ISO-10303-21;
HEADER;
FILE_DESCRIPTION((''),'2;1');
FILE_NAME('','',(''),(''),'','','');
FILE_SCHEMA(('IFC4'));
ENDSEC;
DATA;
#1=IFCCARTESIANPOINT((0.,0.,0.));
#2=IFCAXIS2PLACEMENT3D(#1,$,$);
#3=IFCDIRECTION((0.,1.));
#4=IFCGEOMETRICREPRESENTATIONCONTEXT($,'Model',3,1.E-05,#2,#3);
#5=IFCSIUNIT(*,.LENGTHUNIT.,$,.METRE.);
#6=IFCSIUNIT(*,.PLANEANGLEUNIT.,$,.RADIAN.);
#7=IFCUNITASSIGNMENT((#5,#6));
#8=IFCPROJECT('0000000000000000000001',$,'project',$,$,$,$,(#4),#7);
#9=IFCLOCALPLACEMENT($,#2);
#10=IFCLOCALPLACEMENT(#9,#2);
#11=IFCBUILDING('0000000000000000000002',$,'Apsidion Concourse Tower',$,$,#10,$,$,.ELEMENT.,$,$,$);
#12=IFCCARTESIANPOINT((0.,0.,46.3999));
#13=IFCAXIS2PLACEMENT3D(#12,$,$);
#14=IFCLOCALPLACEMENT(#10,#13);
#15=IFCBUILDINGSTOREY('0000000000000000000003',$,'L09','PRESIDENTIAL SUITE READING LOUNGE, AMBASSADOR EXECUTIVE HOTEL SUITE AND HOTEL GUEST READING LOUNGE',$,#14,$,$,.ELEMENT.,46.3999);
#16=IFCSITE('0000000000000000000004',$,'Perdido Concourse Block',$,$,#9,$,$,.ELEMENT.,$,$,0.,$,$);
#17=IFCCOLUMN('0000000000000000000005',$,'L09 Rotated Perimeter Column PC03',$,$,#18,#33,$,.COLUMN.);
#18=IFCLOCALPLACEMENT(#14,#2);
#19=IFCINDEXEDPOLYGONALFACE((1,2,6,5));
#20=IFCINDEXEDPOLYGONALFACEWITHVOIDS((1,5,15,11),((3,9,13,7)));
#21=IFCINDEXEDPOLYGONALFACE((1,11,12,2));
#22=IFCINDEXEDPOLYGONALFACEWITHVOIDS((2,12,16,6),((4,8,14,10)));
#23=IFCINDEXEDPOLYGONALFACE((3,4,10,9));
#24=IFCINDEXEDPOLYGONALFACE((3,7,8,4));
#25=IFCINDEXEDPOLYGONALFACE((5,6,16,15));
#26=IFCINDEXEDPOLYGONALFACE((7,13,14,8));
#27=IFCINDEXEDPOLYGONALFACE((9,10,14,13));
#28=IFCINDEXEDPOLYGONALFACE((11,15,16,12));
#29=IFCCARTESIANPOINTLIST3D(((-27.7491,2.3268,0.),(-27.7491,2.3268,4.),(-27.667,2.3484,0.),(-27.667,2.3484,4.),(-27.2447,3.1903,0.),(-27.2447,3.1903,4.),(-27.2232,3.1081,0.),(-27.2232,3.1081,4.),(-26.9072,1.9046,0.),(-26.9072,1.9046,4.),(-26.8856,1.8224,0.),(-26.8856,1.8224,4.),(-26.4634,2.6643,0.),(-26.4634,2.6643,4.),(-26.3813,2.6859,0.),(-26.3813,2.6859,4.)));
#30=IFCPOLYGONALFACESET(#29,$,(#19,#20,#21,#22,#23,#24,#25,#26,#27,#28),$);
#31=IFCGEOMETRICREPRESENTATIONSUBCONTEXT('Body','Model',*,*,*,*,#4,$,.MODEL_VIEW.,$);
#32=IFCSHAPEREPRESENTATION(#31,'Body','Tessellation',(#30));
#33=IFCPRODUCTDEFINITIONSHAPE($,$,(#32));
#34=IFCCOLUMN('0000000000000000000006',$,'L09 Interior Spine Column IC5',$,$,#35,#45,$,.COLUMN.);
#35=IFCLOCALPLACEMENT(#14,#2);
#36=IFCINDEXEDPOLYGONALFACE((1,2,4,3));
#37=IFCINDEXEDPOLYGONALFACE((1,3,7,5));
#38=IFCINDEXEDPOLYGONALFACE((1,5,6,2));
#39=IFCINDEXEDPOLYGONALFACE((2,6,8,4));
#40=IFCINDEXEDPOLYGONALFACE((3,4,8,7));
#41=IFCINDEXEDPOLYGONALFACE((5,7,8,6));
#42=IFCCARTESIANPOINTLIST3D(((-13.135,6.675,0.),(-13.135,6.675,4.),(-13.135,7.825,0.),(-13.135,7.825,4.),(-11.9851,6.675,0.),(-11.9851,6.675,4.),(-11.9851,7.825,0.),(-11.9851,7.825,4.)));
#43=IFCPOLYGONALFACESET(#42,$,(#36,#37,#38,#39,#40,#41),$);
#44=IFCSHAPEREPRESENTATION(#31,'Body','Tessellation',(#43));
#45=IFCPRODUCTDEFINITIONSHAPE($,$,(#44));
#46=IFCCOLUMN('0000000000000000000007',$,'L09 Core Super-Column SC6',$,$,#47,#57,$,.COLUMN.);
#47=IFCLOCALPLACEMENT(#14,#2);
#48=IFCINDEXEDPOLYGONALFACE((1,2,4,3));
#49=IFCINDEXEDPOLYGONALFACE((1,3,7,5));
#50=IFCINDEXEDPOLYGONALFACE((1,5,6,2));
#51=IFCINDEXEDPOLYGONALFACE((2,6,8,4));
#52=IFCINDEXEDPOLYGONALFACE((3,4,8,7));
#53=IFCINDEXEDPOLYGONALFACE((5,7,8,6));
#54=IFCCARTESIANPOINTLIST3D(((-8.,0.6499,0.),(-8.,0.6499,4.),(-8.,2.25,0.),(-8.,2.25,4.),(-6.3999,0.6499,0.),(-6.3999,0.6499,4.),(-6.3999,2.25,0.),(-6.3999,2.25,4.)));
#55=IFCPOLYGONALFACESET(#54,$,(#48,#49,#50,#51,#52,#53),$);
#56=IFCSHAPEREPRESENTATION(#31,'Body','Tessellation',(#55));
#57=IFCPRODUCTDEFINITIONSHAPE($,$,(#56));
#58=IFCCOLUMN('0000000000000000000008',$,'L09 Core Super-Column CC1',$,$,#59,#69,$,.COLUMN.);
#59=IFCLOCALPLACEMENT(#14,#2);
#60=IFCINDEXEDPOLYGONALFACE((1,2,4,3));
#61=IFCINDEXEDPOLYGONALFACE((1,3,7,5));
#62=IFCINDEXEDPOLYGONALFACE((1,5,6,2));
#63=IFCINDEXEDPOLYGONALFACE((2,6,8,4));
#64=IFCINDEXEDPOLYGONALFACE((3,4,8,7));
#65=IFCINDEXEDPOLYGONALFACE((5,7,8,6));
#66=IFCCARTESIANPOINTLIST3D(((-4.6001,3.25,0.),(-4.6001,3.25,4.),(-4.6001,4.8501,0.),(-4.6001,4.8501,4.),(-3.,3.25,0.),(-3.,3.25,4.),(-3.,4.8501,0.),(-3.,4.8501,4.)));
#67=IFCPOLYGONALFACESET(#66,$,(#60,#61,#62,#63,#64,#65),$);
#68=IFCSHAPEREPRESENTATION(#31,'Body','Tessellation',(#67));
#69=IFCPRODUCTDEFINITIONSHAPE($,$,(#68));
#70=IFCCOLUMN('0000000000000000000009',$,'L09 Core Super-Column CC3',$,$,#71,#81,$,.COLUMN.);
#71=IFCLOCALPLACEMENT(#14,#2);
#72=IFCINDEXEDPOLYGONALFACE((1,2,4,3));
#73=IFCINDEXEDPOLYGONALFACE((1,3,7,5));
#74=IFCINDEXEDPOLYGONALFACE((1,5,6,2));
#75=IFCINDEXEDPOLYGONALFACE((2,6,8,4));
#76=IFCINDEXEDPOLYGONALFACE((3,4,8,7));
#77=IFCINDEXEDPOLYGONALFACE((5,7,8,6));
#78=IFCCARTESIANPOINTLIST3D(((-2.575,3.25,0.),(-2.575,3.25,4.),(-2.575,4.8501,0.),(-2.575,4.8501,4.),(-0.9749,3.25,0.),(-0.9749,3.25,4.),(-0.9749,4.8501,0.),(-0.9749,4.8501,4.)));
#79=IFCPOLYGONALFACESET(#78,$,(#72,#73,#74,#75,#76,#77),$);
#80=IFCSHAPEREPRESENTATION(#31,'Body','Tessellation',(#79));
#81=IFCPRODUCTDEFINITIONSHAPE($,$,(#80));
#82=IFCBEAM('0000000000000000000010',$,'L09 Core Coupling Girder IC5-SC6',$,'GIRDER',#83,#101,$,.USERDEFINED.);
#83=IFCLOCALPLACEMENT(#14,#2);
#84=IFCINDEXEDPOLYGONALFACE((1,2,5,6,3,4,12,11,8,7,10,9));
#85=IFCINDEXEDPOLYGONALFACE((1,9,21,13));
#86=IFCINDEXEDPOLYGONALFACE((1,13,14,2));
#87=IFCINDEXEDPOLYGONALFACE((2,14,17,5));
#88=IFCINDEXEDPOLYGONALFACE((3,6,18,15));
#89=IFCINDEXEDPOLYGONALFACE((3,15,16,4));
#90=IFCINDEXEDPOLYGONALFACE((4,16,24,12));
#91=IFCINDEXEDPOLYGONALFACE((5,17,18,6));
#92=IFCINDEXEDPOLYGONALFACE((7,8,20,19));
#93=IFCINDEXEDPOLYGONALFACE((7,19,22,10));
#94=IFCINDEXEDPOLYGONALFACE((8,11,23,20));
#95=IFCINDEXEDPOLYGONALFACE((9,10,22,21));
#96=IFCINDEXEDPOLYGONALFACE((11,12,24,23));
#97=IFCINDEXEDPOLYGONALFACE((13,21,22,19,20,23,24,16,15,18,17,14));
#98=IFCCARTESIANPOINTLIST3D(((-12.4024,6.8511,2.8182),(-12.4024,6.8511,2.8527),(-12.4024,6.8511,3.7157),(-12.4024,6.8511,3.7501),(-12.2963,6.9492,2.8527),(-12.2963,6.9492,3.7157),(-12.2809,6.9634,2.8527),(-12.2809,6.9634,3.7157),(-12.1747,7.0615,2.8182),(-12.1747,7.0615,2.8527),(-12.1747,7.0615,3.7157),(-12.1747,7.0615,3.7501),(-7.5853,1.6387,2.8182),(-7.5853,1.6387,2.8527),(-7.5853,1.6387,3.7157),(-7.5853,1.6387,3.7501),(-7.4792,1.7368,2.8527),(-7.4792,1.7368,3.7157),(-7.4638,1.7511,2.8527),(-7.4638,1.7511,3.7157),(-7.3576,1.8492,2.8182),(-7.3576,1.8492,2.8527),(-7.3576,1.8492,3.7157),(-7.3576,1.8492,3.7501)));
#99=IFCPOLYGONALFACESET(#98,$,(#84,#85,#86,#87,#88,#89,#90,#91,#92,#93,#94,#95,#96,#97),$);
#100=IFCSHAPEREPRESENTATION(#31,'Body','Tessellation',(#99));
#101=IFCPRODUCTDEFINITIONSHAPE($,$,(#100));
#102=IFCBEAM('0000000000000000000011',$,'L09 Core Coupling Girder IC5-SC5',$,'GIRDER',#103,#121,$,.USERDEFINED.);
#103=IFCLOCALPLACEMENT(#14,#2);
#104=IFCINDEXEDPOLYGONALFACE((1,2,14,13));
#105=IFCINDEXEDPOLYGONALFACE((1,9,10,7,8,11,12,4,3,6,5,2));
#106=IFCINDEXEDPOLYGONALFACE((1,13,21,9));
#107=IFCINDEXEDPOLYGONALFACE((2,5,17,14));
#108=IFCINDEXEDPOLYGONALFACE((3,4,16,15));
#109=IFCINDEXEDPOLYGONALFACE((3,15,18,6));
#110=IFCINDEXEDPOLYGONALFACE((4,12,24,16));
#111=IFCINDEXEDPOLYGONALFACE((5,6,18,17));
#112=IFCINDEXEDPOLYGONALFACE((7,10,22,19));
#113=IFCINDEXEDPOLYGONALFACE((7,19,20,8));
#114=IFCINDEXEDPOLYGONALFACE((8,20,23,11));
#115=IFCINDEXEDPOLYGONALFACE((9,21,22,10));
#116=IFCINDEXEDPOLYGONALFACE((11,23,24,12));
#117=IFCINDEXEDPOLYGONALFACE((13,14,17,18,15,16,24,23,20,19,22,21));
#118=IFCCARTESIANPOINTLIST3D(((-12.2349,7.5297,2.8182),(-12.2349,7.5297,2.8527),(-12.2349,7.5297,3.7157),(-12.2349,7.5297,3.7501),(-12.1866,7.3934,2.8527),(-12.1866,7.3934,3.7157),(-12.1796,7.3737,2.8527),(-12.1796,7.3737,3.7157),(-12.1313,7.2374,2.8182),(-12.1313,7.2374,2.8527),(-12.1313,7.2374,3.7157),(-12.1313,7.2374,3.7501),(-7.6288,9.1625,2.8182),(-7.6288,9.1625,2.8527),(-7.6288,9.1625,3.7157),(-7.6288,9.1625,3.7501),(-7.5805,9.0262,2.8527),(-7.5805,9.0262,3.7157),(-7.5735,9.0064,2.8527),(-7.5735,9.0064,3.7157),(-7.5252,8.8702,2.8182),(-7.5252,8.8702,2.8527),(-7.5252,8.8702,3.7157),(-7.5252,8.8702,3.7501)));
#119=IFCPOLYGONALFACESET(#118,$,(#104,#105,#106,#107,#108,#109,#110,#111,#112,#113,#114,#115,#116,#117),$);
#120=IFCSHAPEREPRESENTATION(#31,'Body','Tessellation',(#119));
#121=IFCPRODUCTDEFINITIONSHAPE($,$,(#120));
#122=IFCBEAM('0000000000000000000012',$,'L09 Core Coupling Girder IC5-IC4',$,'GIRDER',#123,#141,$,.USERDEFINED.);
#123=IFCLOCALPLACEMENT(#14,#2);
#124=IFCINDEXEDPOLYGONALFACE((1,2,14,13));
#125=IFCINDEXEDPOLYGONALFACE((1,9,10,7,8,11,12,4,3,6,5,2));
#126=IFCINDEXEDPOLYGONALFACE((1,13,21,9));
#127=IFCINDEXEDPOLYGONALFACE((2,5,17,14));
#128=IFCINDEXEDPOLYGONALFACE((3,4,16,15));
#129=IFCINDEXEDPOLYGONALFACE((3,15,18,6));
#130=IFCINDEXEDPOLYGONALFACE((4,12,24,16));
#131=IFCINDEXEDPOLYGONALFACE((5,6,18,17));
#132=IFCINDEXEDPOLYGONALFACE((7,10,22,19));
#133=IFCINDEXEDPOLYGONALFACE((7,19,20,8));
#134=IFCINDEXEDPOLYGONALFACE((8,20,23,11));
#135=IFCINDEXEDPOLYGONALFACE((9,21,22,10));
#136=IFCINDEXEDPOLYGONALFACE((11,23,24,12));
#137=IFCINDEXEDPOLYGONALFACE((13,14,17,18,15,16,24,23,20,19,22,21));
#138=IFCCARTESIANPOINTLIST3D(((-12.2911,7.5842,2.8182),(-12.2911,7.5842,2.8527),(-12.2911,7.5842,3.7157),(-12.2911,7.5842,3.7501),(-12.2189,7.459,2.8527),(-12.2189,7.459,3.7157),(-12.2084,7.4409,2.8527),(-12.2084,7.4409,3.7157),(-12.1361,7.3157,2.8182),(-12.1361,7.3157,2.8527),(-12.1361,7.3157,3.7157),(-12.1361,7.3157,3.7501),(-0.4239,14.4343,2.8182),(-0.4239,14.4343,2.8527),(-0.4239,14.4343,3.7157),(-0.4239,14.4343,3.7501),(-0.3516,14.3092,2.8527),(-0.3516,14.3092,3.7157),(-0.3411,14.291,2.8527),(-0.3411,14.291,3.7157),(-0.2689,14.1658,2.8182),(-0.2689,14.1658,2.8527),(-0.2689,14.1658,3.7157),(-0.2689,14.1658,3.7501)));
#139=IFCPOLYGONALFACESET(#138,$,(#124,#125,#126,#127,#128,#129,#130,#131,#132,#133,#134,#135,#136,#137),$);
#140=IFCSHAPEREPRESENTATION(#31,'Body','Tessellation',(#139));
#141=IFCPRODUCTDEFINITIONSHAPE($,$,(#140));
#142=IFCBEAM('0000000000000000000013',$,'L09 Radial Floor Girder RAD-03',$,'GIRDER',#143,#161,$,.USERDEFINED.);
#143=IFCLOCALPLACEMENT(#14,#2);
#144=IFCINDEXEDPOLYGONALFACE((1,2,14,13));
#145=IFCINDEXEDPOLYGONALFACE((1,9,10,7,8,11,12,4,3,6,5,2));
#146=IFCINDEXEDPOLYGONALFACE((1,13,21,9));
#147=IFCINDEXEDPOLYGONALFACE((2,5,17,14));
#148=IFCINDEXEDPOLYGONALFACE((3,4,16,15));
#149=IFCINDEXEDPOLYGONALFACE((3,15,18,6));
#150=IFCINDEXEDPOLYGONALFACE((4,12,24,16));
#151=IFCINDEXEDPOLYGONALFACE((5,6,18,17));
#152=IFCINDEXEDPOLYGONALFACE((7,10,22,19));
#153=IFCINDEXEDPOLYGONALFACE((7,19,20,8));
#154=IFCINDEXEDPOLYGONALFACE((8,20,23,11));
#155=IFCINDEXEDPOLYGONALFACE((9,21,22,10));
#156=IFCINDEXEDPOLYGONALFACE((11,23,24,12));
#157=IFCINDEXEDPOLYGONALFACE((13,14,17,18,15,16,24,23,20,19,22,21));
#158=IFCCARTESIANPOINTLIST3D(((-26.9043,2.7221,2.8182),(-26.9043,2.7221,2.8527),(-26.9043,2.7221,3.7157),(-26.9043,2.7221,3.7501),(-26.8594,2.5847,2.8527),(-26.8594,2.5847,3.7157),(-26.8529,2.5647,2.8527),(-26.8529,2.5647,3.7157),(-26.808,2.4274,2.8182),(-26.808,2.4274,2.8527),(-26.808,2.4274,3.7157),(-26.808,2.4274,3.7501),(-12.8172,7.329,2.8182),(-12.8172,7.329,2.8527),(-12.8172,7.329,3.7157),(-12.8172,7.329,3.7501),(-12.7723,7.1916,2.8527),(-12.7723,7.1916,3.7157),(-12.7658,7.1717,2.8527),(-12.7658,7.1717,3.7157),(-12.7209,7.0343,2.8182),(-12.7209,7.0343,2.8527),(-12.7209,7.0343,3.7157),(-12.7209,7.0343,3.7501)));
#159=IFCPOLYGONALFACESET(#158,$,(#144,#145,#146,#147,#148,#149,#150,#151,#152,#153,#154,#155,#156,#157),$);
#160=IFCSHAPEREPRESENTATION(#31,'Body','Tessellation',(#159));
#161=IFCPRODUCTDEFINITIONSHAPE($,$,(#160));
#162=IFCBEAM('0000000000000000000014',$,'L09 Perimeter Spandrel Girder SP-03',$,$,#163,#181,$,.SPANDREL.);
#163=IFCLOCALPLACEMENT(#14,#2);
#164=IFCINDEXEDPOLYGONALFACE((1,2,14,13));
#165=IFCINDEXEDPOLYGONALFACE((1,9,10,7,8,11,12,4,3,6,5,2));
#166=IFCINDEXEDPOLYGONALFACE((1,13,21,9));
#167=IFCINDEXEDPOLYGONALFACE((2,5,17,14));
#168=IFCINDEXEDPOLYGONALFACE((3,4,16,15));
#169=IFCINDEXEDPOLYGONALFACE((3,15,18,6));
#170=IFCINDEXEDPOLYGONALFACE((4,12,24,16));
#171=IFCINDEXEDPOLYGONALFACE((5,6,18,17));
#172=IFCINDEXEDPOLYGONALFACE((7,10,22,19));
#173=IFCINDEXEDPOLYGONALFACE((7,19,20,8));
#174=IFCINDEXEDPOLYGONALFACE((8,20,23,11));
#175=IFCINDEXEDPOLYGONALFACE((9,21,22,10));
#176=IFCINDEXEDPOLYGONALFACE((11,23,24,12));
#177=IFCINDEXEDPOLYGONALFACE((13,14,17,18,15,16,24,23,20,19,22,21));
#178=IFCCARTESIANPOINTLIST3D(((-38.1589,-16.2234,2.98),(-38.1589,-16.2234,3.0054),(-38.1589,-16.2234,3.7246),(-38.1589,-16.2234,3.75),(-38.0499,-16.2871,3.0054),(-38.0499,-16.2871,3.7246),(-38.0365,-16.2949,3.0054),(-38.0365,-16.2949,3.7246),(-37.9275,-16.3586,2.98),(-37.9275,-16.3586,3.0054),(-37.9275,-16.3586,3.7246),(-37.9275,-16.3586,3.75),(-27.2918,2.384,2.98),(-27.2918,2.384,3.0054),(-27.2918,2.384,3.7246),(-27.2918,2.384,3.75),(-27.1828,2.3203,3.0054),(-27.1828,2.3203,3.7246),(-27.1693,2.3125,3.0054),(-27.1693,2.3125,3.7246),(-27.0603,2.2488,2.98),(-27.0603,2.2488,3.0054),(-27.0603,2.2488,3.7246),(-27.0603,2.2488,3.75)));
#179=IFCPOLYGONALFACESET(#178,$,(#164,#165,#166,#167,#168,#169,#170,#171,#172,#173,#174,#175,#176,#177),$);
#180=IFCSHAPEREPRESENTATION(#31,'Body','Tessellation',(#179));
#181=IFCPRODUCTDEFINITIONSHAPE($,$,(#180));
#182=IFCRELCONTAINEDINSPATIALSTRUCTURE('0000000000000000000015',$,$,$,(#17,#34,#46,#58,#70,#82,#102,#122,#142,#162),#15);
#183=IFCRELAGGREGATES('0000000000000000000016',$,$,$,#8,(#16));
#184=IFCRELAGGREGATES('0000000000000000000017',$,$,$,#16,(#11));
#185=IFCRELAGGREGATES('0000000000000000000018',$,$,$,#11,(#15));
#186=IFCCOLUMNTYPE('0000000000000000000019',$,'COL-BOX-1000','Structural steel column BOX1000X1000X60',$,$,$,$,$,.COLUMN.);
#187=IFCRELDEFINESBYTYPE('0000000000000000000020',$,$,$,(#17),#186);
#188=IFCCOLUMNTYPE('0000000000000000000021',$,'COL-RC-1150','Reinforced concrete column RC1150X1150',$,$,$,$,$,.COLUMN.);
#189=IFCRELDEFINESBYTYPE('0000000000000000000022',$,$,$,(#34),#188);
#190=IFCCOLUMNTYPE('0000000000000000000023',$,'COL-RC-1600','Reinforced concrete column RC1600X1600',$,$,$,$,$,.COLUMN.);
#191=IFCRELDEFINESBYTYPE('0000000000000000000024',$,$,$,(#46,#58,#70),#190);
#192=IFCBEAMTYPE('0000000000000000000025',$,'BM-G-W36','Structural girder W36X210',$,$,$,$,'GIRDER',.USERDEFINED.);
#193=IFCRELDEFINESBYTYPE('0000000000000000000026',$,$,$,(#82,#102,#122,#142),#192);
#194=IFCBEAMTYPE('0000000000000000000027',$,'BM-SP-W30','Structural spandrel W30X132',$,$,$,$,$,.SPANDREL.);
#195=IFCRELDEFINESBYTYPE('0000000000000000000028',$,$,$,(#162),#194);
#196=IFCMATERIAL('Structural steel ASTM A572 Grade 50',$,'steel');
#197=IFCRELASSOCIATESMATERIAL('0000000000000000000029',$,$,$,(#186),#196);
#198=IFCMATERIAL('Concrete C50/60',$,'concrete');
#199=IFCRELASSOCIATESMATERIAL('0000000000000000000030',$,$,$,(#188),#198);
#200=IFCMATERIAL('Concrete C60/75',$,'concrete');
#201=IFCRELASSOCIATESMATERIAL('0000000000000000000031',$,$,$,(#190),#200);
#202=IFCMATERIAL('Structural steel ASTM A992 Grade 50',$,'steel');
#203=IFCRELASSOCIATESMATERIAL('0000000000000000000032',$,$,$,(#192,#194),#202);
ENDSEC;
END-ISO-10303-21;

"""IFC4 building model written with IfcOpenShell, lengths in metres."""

from ifc_helpers import new_model, si_unit, direction, frame, origin, origin_2d, place, context, subcontext, project, spatial, rectangle, hollow_rectangle, i_section, extrude, material, material_profile, profile_set, type_object, element, save


model = new_model("IFC4")

# Units and contexts
model_context = context("Model", 3, precision=1e-05, world=origin(), true_north=direction((0.0, 1.0)))
body_context = subcontext(model_context, "Body", "Model", "MODEL_VIEW")
ifc_project = project(units=[si_unit("LENGTHUNIT", "METRE"), si_unit("PLANEANGLEUNIT", "RADIAN")], contexts=[model_context])

# Site, building, storey
site_placement = place(None, origin())
site = spatial("IfcSite", under=ifc_project, at=site_placement, Name="Perdido Concourse Block", CompositionType="ELEMENT", RefElevation=0.0)
building_placement = place(site_placement, origin())
building = spatial("IfcBuilding", under=site, at=building_placement, Name="Apsidion Concourse Tower", CompositionType="ELEMENT")
storey_placement = place(building_placement, frame((0.0, 0.0, 46.3999)))
storey = spatial("IfcBuildingStorey", under=building, at=storey_placement, Name="L09", Description="PRESIDENTIAL SUITE READING LOUNGE, AMBASSADOR EXECUTIVE HOTEL SUITE AND HOTEL GUEST READING LOUNGE", CompositionType="ELEMENT", Elevation=46.3999)

# Columns
ifc_material_1 = material(Name="Structural steel ASTM A572 Grade 50", Category="steel")
ifc_material_profile_1 = material_profile(ifc_material_1, hollow_rectangle(XDim=1.0, YDim=1.0, WallThickness=0.0601, at=origin_2d()), Name="BOX1000X1000X60")
ifc_profile_set_1 = profile_set([ifc_material_profile_1], Name="Structural steel ASTM A572 Grade 50")
column_type_1 = type_object("IfcColumnType", Name="COL-BOX-1000", Description="Structural steel column BOX1000X1000X60", PredefinedType="COLUMN", material=ifc_profile_set_1)
column_1_placement = place(storey_placement, frame((-27.0652, 2.5063, 0.0), z_axis=(0.0, 0.0, 1.0), x_axis=(0.504377, 0.863484, 0.0)))
element("IfcColumn", 1, at=column_1_placement, inside=storey, type_object=column_type_1, Name="L09 Rotated Perimeter Column PC03", PredefinedType="COLUMN", context=body_context, shape_type="SweptSolid", body=[
    extrude(hollow_rectangle(XDim=1.0, YDim=1.0, WallThickness=0.0601, at=origin_2d()), origin(), (0.0, 0.0, 1.0), 4.0),
])
ifc_material_2 = material(Name="Concrete C50/60", Category="concrete")
ifc_material_profile_2 = material_profile(ifc_material_2, rectangle(XDim=1.1499, YDim=1.1499, at=origin_2d()), Name="RC 1150x1150")
ifc_profile_set_2 = profile_set([ifc_material_profile_2], Name="Concrete C50/60")
column_type_2 = type_object("IfcColumnType", Name="COL-RC-1150", Description="Reinforced concrete column RC1150X1150", PredefinedType="COLUMN", material=ifc_profile_set_2)
column_2_placement = place(storey_placement, frame((-12.5601, 7.25, 0.0), z_axis=(0.0, 0.0, 1.0), x_axis=(1.0, 0.0, 0.0)))
element("IfcColumn", 2, at=column_2_placement, inside=storey, type_object=column_type_2, Name="L09 Interior Spine Column IC5", PredefinedType="COLUMN", context=body_context, shape_type="SweptSolid", body=[
    extrude(rectangle(XDim=1.1499, YDim=1.1499, at=origin_2d()), origin(), (0.0, 0.0, 1.0), 4.0),
])
ifc_material_3 = material(Name="Concrete C60/75", Category="concrete")
ifc_material_profile_3 = material_profile(ifc_material_3, rectangle(XDim=1.6001, YDim=1.6001, at=origin_2d()), Name="RC 1600x1600")
ifc_profile_set_3 = profile_set([ifc_material_profile_3], Name="Concrete C60/75")
column_type_3 = type_object("IfcColumnType", Name="COL-RC-1600", Description="Reinforced concrete column RC1600X1600", PredefinedType="COLUMN", material=ifc_profile_set_3)
for number, where, z_axis, x_axis, name in (
    (3, (-7.2, 1.45, 0.0), (0.0, 0.0, 1.0), (1.0, 0.0, 0.0), "L09 Core Super-Column SC6"),
    (4, (-3.8, 4.05, 0.0), (0.0, 0.0, 1.0), (1.0, 0.0, 0.0), "L09 Core Super-Column CC1"),
    (5, (-1.7749, 4.05, 0.0), (0.0, 0.0, 1.0), (1.0, 0.0, 0.0), "L09 Core Super-Column CC3"),
):
    element("IfcColumn", number, at=place(storey_placement, frame(where, z_axis=z_axis, x_axis=x_axis)), inside=storey, type_object=column_type_3, Name=name, PredefinedType="COLUMN", context=body_context, shape_type="SweptSolid", body=[
        extrude(rectangle(XDim=1.6001, YDim=1.6001, at=origin_2d()), origin(), (0.0, 0.0, 1.0), 4.0),
    ])

# Beams
ifc_material_4 = material(Name="Structural steel ASTM A992 Grade 50", Category="steel")
ifc_material_profile_4 = material_profile(ifc_material_4, i_section(OverallWidth=0.3101, OverallDepth=0.9319, WebThickness=0.021, FlangeThickness=0.0344, at=origin_2d()), Name="W36X210")
ifc_profile_set_4 = profile_set([ifc_material_profile_4], Name="Structural steel ASTM A992 Grade 50")
beam_type_1 = type_object("IfcBeamType", Name="BM-G-W36", Description="Structural girder W36X210", ElementType="GIRDER", PredefinedType="USERDEFINED", material=ifc_profile_set_4)
beam_1_placement = place(storey_placement, frame((-12.2886, 6.9563, 3.2842), z_axis=(0.678713, -0.734404, 0.0), x_axis=(0.734404, 0.678713, 0.0)))
element("IfcBeam", 6, at=beam_1_placement, inside=storey, type_object=beam_type_1, Name="L09 Core Coupling Girder IC5-SC6", ObjectType="GIRDER", PredefinedType="USERDEFINED", context=body_context, shape_type="SweptSolid", body=[
    extrude(i_section(OverallWidth=0.3101, OverallDepth=0.9319, WebThickness=0.021, FlangeThickness=0.0344, at=origin_2d()), origin(), (0.0, 0.0, 1.0), 7.0974),
])
beam_2_placement = place(storey_placement, frame((-12.1831, 7.3835, 3.2842), z_axis=(0.942534, 0.334111, 0.0), x_axis=(-0.334111, 0.942534, 0.0)))
element("IfcBeam", 7, at=beam_2_placement, inside=storey, type_object=beam_type_1, Name="L09 Core Coupling Girder IC5-SC5", ObjectType="GIRDER", PredefinedType="USERDEFINED", context=body_context, shape_type="SweptSolid", body=[
    extrude(i_section(OverallWidth=0.3101, OverallDepth=0.9319, WebThickness=0.021, FlangeThickness=0.0344, at=origin_2d()), origin(), (0.0, 0.0, 1.0), 4.887),
])
beam_3_placement = place(storey_placement, frame((-12.2136, 7.45, 3.2842), z_axis=(0.86607, 0.499922, 0.0), x_axis=(-0.499922, 0.86607, 0.0)))
element("IfcBeam", 8, at=beam_3_placement, inside=storey, type_object=beam_type_1, Name="L09 Core Coupling Girder IC5-IC4", ObjectType="GIRDER", PredefinedType="USERDEFINED", context=body_context, shape_type="SweptSolid", body=[
    extrude(i_section(OverallWidth=0.3101, OverallDepth=0.9319, WebThickness=0.021, FlangeThickness=0.0344, at=origin_2d()), origin(), (0.0, 0.0, 1.0), 13.7024),
])
beam_4_placement = place(storey_placement, frame((-12.769, 7.1816, 3.2842), z_axis=(-0.950465, -0.310831, 0.0), x_axis=(0.310831, -0.950465, 0.0)))
element("IfcBeam", 9, at=beam_4_placement, inside=storey, type_object=beam_type_1, Name="L09 Radial Floor Girder RAD-03", ObjectType="GIRDER", PredefinedType="USERDEFINED", context=body_context, shape_type="SweptSolid", body=[
    extrude(i_section(OverallWidth=0.3101, OverallDepth=0.9319, WebThickness=0.021, FlangeThickness=0.0344, at=origin_2d()), origin(), (0.0, 0.0, 1.0), 14.8213),
])
ifc_material_profile_5 = material_profile(ifc_material_4, i_section(OverallWidth=0.2681, OverallDepth=0.77, WebThickness=0.0156, FlangeThickness=0.0254, at=origin_2d()), Name="W30X132")
ifc_profile_set_5 = profile_set([ifc_material_profile_5], Name="Structural steel ASTM A992 Grade 50")
beam_type_2 = type_object("IfcBeamType", Name="BM-SP-W30", Description="Structural spandrel W30X132", PredefinedType="SPANDREL", material=ifc_profile_set_5)
beam_5_placement = place(storey_placement, frame((-27.176, 2.3164, 3.365), z_axis=(-0.504316, -0.863519, 0.0), x_axis=(0.863519, -0.504316, 0.0)))
element("IfcBeam", 10, at=beam_5_placement, inside=storey, type_object=beam_type_2, Name="L09 Perimeter Spandrel Girder SP-03", PredefinedType="SPANDREL", context=body_context, shape_type="SweptSolid", body=[
    extrude(i_section(OverallWidth=0.2681, OverallDepth=0.77, WebThickness=0.0156, FlangeThickness=0.0254, at=origin_2d()), origin(), (0.0, 0.0, 1.0), 21.5483),
])

save(model, "model.ifc")
